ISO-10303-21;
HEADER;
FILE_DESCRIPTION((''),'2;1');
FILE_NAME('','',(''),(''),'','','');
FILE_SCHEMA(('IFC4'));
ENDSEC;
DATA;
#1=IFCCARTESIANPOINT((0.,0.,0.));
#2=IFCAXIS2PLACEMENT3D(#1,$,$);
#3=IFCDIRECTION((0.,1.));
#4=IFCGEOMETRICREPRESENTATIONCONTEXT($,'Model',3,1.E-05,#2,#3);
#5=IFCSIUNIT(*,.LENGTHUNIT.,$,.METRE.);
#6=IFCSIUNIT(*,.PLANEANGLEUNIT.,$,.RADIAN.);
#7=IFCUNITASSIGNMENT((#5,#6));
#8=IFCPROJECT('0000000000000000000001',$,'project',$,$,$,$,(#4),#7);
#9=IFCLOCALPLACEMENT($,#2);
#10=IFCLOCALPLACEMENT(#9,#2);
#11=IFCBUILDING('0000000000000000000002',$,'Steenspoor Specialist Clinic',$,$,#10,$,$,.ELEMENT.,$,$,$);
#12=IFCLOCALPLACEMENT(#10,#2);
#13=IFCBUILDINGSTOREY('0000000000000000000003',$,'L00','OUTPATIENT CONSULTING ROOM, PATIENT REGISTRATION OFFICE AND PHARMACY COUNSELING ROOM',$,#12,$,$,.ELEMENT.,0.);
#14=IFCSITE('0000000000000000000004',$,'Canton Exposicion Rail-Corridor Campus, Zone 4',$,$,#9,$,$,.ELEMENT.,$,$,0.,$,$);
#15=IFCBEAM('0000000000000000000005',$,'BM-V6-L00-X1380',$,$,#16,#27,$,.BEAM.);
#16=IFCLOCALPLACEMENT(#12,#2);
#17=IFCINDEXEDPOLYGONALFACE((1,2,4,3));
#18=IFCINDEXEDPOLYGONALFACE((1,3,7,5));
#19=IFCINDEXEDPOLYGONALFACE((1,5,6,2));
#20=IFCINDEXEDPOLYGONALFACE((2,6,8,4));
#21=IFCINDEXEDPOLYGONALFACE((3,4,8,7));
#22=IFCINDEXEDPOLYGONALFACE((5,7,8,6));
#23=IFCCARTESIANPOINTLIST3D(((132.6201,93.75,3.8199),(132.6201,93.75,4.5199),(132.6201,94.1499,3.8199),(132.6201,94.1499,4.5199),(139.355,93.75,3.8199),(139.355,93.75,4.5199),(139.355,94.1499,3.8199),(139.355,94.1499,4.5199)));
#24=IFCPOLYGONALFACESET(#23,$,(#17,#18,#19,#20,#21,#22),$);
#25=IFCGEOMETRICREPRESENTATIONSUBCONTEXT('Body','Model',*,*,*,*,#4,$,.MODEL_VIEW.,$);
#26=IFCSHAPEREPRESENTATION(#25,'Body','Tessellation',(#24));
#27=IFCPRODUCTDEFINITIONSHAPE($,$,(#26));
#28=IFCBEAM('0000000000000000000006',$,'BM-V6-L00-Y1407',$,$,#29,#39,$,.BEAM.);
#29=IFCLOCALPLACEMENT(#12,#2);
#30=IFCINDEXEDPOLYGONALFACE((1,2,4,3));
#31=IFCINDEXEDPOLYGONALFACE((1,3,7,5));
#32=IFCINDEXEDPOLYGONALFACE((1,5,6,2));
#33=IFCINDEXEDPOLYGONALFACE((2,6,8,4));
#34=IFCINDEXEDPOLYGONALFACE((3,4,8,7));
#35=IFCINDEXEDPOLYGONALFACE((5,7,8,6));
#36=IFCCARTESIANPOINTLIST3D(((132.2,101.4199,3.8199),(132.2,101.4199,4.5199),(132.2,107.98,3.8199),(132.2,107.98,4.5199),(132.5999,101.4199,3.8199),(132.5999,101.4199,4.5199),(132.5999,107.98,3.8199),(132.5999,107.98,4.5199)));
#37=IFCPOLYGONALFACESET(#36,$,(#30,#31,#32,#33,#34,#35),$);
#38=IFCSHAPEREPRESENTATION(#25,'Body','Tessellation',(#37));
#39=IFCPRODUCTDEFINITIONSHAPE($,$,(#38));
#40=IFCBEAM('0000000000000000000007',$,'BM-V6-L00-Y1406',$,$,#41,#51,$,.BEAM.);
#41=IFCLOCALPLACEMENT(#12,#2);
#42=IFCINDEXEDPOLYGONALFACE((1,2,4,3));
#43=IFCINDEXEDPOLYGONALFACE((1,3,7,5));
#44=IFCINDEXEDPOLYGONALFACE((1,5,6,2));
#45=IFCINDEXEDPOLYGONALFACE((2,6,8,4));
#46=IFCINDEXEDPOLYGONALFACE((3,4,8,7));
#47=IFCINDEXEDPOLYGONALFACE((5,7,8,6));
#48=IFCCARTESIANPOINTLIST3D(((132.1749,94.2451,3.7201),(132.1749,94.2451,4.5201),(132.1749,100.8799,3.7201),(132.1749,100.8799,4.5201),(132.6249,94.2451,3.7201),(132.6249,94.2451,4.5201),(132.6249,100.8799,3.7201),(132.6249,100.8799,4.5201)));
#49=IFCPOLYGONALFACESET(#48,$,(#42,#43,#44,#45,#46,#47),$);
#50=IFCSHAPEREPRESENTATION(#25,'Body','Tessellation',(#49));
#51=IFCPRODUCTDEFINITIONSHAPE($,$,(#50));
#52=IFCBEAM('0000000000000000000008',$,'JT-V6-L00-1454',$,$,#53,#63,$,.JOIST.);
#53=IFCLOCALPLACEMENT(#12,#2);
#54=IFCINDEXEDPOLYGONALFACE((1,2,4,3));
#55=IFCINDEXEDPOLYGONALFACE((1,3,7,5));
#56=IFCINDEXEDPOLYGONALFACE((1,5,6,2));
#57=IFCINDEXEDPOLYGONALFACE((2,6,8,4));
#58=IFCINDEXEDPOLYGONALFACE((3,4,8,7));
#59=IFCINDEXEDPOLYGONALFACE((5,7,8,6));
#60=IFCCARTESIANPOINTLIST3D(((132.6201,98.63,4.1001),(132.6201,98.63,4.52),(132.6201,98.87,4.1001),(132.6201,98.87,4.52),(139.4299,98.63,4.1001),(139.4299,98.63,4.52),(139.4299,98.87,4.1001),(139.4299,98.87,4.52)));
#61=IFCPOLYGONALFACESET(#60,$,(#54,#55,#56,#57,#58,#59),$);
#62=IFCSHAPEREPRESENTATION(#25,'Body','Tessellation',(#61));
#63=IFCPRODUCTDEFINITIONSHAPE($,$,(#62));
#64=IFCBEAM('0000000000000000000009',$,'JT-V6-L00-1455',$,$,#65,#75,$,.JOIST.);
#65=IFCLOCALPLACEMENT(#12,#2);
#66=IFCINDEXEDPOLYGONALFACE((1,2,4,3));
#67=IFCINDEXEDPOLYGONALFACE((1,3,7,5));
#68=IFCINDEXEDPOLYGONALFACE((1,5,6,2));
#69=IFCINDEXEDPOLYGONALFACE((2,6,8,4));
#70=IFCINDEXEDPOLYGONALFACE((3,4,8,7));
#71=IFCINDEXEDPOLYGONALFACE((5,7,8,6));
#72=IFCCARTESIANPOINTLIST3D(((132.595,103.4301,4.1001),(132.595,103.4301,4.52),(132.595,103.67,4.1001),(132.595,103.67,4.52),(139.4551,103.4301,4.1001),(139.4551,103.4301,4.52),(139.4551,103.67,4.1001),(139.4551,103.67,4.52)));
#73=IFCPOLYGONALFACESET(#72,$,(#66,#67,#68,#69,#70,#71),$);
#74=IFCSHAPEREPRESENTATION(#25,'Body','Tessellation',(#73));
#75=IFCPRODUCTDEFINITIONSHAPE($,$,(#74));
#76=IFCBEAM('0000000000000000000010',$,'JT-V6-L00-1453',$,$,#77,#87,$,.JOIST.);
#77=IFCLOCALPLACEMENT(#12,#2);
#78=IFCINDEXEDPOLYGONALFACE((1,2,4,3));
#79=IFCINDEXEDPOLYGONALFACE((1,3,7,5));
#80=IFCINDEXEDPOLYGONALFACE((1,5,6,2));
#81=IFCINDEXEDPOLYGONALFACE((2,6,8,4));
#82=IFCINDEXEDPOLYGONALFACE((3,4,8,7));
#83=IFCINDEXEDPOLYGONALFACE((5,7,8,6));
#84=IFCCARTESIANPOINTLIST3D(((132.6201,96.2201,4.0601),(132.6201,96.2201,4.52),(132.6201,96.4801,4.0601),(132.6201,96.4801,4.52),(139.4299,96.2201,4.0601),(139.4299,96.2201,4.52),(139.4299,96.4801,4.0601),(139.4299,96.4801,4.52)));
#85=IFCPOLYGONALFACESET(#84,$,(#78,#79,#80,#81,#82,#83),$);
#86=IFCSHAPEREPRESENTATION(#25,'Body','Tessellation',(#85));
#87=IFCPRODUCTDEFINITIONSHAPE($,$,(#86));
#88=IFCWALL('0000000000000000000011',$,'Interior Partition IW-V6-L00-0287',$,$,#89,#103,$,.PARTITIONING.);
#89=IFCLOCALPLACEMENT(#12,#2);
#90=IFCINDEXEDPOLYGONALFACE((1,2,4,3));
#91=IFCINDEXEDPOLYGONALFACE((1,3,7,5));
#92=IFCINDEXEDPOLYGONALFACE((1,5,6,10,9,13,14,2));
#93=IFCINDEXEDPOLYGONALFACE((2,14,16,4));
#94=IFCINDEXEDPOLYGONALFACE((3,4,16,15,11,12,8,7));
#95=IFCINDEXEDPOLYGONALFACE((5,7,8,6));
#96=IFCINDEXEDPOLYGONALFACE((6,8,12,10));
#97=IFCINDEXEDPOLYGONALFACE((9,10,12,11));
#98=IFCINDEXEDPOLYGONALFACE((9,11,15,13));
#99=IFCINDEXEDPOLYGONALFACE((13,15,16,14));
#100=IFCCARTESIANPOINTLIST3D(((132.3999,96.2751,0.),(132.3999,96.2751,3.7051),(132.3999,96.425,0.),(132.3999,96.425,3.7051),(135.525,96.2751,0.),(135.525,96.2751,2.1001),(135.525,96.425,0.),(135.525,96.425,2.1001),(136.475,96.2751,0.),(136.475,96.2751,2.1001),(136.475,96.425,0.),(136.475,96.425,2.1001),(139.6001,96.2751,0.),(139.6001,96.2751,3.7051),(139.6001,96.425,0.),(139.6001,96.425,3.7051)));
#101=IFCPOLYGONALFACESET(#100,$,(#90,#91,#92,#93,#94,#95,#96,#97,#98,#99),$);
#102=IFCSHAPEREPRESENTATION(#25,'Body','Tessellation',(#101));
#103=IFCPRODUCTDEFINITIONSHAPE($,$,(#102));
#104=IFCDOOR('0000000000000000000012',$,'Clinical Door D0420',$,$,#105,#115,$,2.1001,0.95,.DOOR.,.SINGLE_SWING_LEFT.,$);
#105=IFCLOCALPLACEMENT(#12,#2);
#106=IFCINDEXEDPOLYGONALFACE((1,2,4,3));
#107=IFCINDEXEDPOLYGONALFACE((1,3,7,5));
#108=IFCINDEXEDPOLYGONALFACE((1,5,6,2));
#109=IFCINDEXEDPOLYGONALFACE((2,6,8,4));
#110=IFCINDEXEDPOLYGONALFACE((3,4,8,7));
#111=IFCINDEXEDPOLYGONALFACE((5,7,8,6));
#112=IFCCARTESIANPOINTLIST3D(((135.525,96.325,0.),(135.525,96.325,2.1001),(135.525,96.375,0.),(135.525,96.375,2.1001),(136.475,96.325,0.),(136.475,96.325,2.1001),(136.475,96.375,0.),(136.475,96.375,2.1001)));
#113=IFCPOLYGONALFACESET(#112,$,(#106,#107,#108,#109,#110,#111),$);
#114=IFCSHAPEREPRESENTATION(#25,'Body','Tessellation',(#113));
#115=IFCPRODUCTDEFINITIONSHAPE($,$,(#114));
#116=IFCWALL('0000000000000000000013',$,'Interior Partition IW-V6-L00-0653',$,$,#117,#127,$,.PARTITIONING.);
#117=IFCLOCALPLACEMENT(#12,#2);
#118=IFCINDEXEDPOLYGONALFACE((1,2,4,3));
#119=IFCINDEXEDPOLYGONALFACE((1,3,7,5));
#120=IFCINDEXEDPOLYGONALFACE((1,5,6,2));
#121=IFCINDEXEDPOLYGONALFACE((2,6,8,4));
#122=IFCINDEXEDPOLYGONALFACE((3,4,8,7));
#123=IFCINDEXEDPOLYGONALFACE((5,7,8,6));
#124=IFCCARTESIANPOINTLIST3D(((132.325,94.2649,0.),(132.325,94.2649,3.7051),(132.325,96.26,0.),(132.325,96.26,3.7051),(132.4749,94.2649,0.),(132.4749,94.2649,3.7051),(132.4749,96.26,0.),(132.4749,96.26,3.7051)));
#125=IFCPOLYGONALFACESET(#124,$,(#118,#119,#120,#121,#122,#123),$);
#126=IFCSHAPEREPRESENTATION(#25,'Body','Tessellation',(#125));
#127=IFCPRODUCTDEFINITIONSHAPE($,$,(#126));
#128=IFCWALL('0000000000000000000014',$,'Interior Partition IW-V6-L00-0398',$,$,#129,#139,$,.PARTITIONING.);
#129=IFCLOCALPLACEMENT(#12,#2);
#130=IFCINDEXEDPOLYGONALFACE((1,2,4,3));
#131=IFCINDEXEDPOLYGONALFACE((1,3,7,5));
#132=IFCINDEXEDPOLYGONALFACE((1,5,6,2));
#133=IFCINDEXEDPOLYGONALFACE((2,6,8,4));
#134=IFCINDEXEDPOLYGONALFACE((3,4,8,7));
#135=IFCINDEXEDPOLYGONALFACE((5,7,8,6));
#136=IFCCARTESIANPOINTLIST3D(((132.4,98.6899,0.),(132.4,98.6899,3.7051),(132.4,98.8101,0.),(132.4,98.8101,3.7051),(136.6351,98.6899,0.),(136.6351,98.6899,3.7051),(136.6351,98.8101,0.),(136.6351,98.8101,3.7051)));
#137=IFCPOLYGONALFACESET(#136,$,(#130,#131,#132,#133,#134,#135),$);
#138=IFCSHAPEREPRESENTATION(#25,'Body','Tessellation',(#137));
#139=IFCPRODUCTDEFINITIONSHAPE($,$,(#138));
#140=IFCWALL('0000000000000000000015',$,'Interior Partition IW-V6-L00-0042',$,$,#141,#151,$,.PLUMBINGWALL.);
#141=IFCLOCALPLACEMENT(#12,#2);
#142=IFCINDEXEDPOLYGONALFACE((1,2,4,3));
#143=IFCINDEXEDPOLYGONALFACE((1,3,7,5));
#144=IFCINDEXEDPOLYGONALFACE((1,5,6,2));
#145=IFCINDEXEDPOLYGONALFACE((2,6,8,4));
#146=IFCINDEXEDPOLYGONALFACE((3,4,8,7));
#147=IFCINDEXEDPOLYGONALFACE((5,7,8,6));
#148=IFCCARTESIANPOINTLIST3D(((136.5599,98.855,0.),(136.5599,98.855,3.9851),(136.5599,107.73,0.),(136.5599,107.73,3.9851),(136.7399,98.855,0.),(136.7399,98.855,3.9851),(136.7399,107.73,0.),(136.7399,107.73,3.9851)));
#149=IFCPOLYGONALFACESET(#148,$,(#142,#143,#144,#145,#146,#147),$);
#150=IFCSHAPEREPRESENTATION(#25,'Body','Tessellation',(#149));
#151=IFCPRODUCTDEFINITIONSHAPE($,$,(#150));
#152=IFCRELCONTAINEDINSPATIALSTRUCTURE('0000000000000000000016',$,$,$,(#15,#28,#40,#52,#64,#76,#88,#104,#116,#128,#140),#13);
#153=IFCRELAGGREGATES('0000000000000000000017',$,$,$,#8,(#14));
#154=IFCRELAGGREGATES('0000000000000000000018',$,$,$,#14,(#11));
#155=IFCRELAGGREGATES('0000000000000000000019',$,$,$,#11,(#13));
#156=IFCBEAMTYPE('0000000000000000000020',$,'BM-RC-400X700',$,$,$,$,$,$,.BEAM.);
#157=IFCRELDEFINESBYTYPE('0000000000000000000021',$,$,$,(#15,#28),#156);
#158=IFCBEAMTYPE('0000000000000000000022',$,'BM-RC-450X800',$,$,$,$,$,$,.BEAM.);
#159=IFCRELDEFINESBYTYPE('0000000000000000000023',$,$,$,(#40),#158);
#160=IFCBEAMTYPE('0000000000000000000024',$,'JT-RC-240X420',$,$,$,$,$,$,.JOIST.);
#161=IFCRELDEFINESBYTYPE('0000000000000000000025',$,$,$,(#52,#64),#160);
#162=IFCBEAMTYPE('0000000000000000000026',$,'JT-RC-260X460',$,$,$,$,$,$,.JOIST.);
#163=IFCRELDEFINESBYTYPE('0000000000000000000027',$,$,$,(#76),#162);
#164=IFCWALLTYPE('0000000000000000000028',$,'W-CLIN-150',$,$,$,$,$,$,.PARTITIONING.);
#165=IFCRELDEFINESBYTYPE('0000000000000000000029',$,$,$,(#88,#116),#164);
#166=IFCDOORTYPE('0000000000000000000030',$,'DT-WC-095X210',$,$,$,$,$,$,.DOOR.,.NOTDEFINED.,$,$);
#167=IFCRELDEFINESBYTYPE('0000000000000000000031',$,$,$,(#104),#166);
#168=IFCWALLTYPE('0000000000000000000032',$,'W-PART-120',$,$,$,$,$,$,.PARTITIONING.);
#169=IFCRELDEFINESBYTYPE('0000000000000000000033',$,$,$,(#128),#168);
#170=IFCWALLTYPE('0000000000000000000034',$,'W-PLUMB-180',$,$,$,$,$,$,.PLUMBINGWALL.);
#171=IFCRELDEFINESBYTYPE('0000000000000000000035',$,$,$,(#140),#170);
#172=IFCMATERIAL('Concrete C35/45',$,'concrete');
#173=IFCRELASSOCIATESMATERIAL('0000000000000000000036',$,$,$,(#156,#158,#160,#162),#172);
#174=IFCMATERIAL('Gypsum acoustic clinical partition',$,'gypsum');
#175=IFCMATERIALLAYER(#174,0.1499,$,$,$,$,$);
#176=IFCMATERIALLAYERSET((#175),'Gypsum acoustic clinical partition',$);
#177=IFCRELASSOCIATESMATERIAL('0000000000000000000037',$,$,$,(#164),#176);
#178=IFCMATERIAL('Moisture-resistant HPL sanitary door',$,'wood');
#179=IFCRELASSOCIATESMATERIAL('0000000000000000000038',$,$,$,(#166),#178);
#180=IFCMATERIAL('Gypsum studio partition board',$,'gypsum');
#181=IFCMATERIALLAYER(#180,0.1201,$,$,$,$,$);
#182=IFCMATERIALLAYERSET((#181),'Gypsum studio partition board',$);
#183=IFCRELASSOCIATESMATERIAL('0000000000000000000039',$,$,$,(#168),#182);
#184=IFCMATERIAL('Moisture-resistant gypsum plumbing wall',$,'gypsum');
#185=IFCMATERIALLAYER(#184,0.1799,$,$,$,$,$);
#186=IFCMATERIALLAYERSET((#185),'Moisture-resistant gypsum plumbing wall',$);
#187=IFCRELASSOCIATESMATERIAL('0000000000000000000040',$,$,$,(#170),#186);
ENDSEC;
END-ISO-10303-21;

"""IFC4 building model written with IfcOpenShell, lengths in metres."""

from ifc_helpers import new_model, si_unit, direction, frame, frame_2d, origin, origin_2d, place, context, subcontext, project, spatial, rectangle, extrude, material, layer, layer_set, material_profile, profile_set, type_object, element, fill, save


model = new_model("IFC4")

# Units and contexts
model_context = context("Model", 3, precision=1e-05, world=origin(), true_north=direction((0.0, 1.0)))
body_context = subcontext(model_context, "Body", "Model", "MODEL_VIEW")
ifc_project = project(units=[si_unit("LENGTHUNIT", "METRE"), si_unit("PLANEANGLEUNIT", "RADIAN")], contexts=[model_context])

# Site, building, storey
site_placement = place(None, origin())
site = spatial("IfcSite", under=ifc_project, at=site_placement, Name="Canton Exposicion Rail-Corridor Campus, Zone 4", CompositionType="ELEMENT", RefElevation=0.0)
building_placement = place(site_placement, origin())
building = spatial("IfcBuilding", under=site, at=building_placement, Name="Steenspoor Specialist Clinic", CompositionType="ELEMENT")
storey_placement = place(building_placement, origin())
storey = spatial("IfcBuildingStorey", under=building, at=storey_placement, Name="L00", Description="OUTPATIENT CONSULTING ROOM, PATIENT REGISTRATION OFFICE AND PHARMACY COUNSELING ROOM", CompositionType="ELEMENT", Elevation=0.0)

# Shared definitions
ifc_material_1 = material(Name="Concrete C35/45", Category="concrete")

# Beams
ifc_material_profile_1 = material_profile(ifc_material_1, rectangle(XDim=0.3999, YDim=0.7, at=origin_2d()), Name="RC-BM-400X700")
ifc_profile_set_1 = profile_set([ifc_material_profile_1], Name="Concrete C35/45")
beam_type_1 = type_object("IfcBeamType", Name="BM-RC-400X700", PredefinedType="BEAM", material=ifc_profile_set_1)
beam_1_placement = place(storey_placement, frame((132.6201, 93.95, 4.1699), z_axis=(1.0, 0.0, 0.0), x_axis=(0.0, 1.0, 0.0)))
element("IfcBeam", 1, at=beam_1_placement, inside=storey, type_object=beam_type_1, Name="BM-V6-L00-X1380", PredefinedType="BEAM", context=body_context, shape_type="SweptSolid", body=[
    extrude(rectangle(XDim=0.3999, YDim=0.7, at=origin_2d()), origin(), (0.0, 0.0, 1.0), 6.7349),
])
beam_2_placement = place(storey_placement, frame((132.3999, 101.4199, 4.1699), z_axis=(0.0, 1.0, 0.0), x_axis=(-1.0, 0.0, 0.0)))
element("IfcBeam", 2, at=beam_2_placement, inside=storey, type_object=beam_type_1, Name="BM-V6-L00-Y1407", PredefinedType="BEAM", context=body_context, shape_type="SweptSolid", body=[
    extrude(rectangle(XDim=0.3999, YDim=0.7, at=origin_2d()), origin(), (0.0, 0.0, 1.0), 6.5601),
])
ifc_material_profile_2 = material_profile(ifc_material_1, rectangle(XDim=0.45, YDim=0.8, at=origin_2d()), Name="RC-BM-450X800")
ifc_profile_set_2 = profile_set([ifc_material_profile_2], Name="Concrete C35/45")
beam_type_2 = type_object("IfcBeamType", Name="BM-RC-450X800", PredefinedType="BEAM", material=ifc_profile_set_2)
beam_3_placement = place(storey_placement, frame((132.3999, 94.2451, 4.1201), z_axis=(0.0, 1.0, 0.0), x_axis=(-1.0, 0.0, 0.0)))
element("IfcBeam", 3, at=beam_3_placement, inside=storey, type_object=beam_type_2, Name="BM-V6-L00-Y1406", PredefinedType="BEAM", context=body_context, shape_type="SweptSolid", body=[
    extrude(rectangle(XDim=0.45, YDim=0.8, at=origin_2d()), origin(), (0.0, 0.0, 1.0), 6.6348),
])
ifc_material_profile_3 = material_profile(ifc_material_1, rectangle(XDim=0.24, YDim=0.4199, at=origin_2d()), Name="RC-JT-240X420")
ifc_profile_set_3 = profile_set([ifc_material_profile_3], Name="Concrete C35/45")
beam_type_3 = type_object("IfcBeamType", Name="JT-RC-240X420", PredefinedType="JOIST", material=ifc_profile_set_3)
beam_4_placement = place(storey_placement, frame((132.6201, 98.75, 4.3101), z_axis=(1.0, 0.0, 0.0), x_axis=(0.0, 1.0, 0.0)))
element("IfcBeam", 4, at=beam_4_placement, inside=storey, type_object=beam_type_3, Name="JT-V6-L00-1454", PredefinedType="JOIST", context=body_context, shape_type="SweptSolid", body=[
    extrude(rectangle(XDim=0.24, YDim=0.4199, at=origin_2d()), origin(), (0.0, 0.0, 1.0), 6.8098),
])
beam_5_placement = place(storey_placement, frame((132.595, 103.55, 4.3101), z_axis=(1.0, 0.0, 0.0), x_axis=(0.0, 1.0, 0.0)))
element("IfcBeam", 5, at=beam_5_placement, inside=storey, type_object=beam_type_3, Name="JT-V6-L00-1455", PredefinedType="JOIST", context=body_context, shape_type="SweptSolid", body=[
    extrude(rectangle(XDim=0.24, YDim=0.4199, at=origin_2d()), origin(), (0.0, 0.0, 1.0), 6.8601),
])
ifc_material_profile_4 = material_profile(ifc_material_1, rectangle(XDim=0.26, YDim=0.46, at=origin_2d()), Name="RC-JT-260X460")
ifc_profile_set_4 = profile_set([ifc_material_profile_4], Name="Concrete C35/45")
beam_type_4 = type_object("IfcBeamType", Name="JT-RC-260X460", PredefinedType="JOIST", material=ifc_profile_set_4)
beam_6_placement = place(storey_placement, frame((132.6201, 96.3501, 4.29), z_axis=(1.0, 0.0, 0.0), x_axis=(0.0, 1.0, 0.0)))
element("IfcBeam", 6, at=beam_6_placement, inside=storey, type_object=beam_type_4, Name="JT-V6-L00-1453", PredefinedType="JOIST", context=body_context, shape_type="SweptSolid", body=[
    extrude(rectangle(XDim=0.26, YDim=0.46, at=origin_2d()), origin(), (0.0, 0.0, 1.0), 6.8098),
])

# Wall, opening, door
ifc_material_2 = material(Name="Gypsum acoustic clinical partition", Category="gypsum")
ifc_layer_1 = layer(ifc_material_2, 0.1499)
ifc_layer_set_1 = layer_set([ifc_layer_1], Name="Gypsum acoustic clinical partition")
wall_type_1 = type_object("IfcWallType", Name="W-CLIN-150", PredefinedType="PARTITIONING", material=ifc_layer_set_1)
wall_1_placement = place(storey_placement, frame((132.3999, 96.3501, 0.0), z_axis=(0.0, 0.0, 1.0), x_axis=(1.0, 0.0, 0.0)))
wall_1 = element("IfcWall", 7, at=wall_1_placement, inside=storey, type_object=wall_type_1, Name="Interior Partition IW-V6-L00-0287", PredefinedType="PARTITIONING", context=body_context, shape_type="SweptSolid", body=[
    extrude(rectangle(XDim=7.2002, YDim=0.1499, at=frame_2d((3.6001, 0.0))), origin(), (0.0, 0.0, 1.0), 3.7051),
])
opening_1_placement = place(wall_1_placement, frame((3.125, 0.0, 0.0)))
opening_1 = element("IfcOpeningElement", 8, at=opening_1_placement, cuts=wall_1, PredefinedType="OPENING", context=body_context, shape_type="SweptSolid", body=[
    extrude(rectangle(XDim=0.95, YDim=2.1001, at=frame_2d((0.4751, 1.05))), frame((0.0, 0.085, 0.0), z_axis=(0.0, -1.0, 0.0), x_axis=(1.0, 0.0, 0.0)), (0.0, 0.0, 1.0), 0.1699),
])
ifc_material_3 = material(Name="Moisture-resistant HPL sanitary door", Category="wood")
door_type_1 = type_object("IfcDoorType", Name="DT-WC-095X210", OperationType="NOTDEFINED", PredefinedType="DOOR", material=ifc_material_3)
door_1_placement = place(opening_1_placement, origin())
door_1 = element("IfcDoor", 9, at=door_1_placement, inside=storey, type_object=door_type_1, Name="Clinical Door D0420", OperationType="SINGLE_SWING_LEFT", OverallHeight=2.1001, OverallWidth=0.95, PredefinedType="DOOR", context=body_context, shape_type="SweptSolid", body=[
    extrude(rectangle(XDim=0.95, YDim=2.1001, at=frame_2d((0.4751, 1.05))), frame((0.0, 0.0249, 0.0), z_axis=(0.0, -1.0, 0.0), x_axis=(1.0, 0.0, 0.0)), (0.0, 0.0, 1.0), 0.05),
])
fill(opening_1, door_1)

# Walls
wall_2_placement = place(storey_placement, frame((132.3999, 94.2649, 0.0), z_axis=(0.0, 0.0, 1.0), x_axis=(0.0, 1.0, 0.0)))
element("IfcWall", 10, at=wall_2_placement, inside=storey, type_object=wall_type_1, Name="Interior Partition IW-V6-L00-0653", PredefinedType="PARTITIONING", context=body_context, shape_type="SweptSolid", body=[
    extrude(rectangle(XDim=1.9951, YDim=0.1499, at=frame_2d((0.9976, 0.0))), origin(), (0.0, 0.0, 1.0), 3.7051),
])
ifc_material_4 = material(Name="Gypsum studio partition board", Category="gypsum")
ifc_layer_2 = layer(ifc_material_4, 0.1201)
ifc_layer_set_2 = layer_set([ifc_layer_2], Name="Gypsum studio partition board")
wall_type_2 = type_object("IfcWallType", Name="W-PART-120", PredefinedType="PARTITIONING", material=ifc_layer_set_2)
wall_3_placement = place(storey_placement, frame((132.3999, 98.75, 0.0), z_axis=(0.0, 0.0, 1.0), x_axis=(1.0, 0.0, 0.0)))
element("IfcWall", 11, at=wall_3_placement, inside=storey, type_object=wall_type_2, Name="Interior Partition IW-V6-L00-0398", PredefinedType="PARTITIONING", context=body_context, shape_type="SweptSolid", body=[
    extrude(rectangle(XDim=4.2351, YDim=0.1201, at=frame_2d((2.1177, 0.0))), origin(), (0.0, 0.0, 1.0), 3.7051),
])

# Shared definitions
ifc_material_5 = material(Name="Moisture-resistant gypsum plumbing wall", Category="gypsum")
ifc_layer_3 = layer(ifc_material_5, 0.1799)
ifc_layer_set_3 = layer_set([ifc_layer_3], Name="Moisture-resistant gypsum plumbing wall")
wall_type_3 = type_object("IfcWallType", Name="W-PLUMB-180", PredefinedType="PLUMBINGWALL", material=ifc_layer_set_3)

# Wall
wall_4_placement = place(storey_placement, frame((136.6499, 98.855, 0.0), z_axis=(0.0, 0.0, 1.0), x_axis=(0.0, 1.0, 0.0)))
element("IfcWall", 12, at=wall_4_placement, inside=storey, type_object=wall_type_3, Name="Interior Partition IW-V6-L00-0042", PredefinedType="PLUMBINGWALL", context=body_context, shape_type="SweptSolid", body=[
    extrude(rectangle(XDim=8.875, YDim=0.1799, at=frame_2d((4.4375, 0.0))), origin(), (0.0, 0.0, 1.0), 3.9851),
])

save(model, "model.ifc")
